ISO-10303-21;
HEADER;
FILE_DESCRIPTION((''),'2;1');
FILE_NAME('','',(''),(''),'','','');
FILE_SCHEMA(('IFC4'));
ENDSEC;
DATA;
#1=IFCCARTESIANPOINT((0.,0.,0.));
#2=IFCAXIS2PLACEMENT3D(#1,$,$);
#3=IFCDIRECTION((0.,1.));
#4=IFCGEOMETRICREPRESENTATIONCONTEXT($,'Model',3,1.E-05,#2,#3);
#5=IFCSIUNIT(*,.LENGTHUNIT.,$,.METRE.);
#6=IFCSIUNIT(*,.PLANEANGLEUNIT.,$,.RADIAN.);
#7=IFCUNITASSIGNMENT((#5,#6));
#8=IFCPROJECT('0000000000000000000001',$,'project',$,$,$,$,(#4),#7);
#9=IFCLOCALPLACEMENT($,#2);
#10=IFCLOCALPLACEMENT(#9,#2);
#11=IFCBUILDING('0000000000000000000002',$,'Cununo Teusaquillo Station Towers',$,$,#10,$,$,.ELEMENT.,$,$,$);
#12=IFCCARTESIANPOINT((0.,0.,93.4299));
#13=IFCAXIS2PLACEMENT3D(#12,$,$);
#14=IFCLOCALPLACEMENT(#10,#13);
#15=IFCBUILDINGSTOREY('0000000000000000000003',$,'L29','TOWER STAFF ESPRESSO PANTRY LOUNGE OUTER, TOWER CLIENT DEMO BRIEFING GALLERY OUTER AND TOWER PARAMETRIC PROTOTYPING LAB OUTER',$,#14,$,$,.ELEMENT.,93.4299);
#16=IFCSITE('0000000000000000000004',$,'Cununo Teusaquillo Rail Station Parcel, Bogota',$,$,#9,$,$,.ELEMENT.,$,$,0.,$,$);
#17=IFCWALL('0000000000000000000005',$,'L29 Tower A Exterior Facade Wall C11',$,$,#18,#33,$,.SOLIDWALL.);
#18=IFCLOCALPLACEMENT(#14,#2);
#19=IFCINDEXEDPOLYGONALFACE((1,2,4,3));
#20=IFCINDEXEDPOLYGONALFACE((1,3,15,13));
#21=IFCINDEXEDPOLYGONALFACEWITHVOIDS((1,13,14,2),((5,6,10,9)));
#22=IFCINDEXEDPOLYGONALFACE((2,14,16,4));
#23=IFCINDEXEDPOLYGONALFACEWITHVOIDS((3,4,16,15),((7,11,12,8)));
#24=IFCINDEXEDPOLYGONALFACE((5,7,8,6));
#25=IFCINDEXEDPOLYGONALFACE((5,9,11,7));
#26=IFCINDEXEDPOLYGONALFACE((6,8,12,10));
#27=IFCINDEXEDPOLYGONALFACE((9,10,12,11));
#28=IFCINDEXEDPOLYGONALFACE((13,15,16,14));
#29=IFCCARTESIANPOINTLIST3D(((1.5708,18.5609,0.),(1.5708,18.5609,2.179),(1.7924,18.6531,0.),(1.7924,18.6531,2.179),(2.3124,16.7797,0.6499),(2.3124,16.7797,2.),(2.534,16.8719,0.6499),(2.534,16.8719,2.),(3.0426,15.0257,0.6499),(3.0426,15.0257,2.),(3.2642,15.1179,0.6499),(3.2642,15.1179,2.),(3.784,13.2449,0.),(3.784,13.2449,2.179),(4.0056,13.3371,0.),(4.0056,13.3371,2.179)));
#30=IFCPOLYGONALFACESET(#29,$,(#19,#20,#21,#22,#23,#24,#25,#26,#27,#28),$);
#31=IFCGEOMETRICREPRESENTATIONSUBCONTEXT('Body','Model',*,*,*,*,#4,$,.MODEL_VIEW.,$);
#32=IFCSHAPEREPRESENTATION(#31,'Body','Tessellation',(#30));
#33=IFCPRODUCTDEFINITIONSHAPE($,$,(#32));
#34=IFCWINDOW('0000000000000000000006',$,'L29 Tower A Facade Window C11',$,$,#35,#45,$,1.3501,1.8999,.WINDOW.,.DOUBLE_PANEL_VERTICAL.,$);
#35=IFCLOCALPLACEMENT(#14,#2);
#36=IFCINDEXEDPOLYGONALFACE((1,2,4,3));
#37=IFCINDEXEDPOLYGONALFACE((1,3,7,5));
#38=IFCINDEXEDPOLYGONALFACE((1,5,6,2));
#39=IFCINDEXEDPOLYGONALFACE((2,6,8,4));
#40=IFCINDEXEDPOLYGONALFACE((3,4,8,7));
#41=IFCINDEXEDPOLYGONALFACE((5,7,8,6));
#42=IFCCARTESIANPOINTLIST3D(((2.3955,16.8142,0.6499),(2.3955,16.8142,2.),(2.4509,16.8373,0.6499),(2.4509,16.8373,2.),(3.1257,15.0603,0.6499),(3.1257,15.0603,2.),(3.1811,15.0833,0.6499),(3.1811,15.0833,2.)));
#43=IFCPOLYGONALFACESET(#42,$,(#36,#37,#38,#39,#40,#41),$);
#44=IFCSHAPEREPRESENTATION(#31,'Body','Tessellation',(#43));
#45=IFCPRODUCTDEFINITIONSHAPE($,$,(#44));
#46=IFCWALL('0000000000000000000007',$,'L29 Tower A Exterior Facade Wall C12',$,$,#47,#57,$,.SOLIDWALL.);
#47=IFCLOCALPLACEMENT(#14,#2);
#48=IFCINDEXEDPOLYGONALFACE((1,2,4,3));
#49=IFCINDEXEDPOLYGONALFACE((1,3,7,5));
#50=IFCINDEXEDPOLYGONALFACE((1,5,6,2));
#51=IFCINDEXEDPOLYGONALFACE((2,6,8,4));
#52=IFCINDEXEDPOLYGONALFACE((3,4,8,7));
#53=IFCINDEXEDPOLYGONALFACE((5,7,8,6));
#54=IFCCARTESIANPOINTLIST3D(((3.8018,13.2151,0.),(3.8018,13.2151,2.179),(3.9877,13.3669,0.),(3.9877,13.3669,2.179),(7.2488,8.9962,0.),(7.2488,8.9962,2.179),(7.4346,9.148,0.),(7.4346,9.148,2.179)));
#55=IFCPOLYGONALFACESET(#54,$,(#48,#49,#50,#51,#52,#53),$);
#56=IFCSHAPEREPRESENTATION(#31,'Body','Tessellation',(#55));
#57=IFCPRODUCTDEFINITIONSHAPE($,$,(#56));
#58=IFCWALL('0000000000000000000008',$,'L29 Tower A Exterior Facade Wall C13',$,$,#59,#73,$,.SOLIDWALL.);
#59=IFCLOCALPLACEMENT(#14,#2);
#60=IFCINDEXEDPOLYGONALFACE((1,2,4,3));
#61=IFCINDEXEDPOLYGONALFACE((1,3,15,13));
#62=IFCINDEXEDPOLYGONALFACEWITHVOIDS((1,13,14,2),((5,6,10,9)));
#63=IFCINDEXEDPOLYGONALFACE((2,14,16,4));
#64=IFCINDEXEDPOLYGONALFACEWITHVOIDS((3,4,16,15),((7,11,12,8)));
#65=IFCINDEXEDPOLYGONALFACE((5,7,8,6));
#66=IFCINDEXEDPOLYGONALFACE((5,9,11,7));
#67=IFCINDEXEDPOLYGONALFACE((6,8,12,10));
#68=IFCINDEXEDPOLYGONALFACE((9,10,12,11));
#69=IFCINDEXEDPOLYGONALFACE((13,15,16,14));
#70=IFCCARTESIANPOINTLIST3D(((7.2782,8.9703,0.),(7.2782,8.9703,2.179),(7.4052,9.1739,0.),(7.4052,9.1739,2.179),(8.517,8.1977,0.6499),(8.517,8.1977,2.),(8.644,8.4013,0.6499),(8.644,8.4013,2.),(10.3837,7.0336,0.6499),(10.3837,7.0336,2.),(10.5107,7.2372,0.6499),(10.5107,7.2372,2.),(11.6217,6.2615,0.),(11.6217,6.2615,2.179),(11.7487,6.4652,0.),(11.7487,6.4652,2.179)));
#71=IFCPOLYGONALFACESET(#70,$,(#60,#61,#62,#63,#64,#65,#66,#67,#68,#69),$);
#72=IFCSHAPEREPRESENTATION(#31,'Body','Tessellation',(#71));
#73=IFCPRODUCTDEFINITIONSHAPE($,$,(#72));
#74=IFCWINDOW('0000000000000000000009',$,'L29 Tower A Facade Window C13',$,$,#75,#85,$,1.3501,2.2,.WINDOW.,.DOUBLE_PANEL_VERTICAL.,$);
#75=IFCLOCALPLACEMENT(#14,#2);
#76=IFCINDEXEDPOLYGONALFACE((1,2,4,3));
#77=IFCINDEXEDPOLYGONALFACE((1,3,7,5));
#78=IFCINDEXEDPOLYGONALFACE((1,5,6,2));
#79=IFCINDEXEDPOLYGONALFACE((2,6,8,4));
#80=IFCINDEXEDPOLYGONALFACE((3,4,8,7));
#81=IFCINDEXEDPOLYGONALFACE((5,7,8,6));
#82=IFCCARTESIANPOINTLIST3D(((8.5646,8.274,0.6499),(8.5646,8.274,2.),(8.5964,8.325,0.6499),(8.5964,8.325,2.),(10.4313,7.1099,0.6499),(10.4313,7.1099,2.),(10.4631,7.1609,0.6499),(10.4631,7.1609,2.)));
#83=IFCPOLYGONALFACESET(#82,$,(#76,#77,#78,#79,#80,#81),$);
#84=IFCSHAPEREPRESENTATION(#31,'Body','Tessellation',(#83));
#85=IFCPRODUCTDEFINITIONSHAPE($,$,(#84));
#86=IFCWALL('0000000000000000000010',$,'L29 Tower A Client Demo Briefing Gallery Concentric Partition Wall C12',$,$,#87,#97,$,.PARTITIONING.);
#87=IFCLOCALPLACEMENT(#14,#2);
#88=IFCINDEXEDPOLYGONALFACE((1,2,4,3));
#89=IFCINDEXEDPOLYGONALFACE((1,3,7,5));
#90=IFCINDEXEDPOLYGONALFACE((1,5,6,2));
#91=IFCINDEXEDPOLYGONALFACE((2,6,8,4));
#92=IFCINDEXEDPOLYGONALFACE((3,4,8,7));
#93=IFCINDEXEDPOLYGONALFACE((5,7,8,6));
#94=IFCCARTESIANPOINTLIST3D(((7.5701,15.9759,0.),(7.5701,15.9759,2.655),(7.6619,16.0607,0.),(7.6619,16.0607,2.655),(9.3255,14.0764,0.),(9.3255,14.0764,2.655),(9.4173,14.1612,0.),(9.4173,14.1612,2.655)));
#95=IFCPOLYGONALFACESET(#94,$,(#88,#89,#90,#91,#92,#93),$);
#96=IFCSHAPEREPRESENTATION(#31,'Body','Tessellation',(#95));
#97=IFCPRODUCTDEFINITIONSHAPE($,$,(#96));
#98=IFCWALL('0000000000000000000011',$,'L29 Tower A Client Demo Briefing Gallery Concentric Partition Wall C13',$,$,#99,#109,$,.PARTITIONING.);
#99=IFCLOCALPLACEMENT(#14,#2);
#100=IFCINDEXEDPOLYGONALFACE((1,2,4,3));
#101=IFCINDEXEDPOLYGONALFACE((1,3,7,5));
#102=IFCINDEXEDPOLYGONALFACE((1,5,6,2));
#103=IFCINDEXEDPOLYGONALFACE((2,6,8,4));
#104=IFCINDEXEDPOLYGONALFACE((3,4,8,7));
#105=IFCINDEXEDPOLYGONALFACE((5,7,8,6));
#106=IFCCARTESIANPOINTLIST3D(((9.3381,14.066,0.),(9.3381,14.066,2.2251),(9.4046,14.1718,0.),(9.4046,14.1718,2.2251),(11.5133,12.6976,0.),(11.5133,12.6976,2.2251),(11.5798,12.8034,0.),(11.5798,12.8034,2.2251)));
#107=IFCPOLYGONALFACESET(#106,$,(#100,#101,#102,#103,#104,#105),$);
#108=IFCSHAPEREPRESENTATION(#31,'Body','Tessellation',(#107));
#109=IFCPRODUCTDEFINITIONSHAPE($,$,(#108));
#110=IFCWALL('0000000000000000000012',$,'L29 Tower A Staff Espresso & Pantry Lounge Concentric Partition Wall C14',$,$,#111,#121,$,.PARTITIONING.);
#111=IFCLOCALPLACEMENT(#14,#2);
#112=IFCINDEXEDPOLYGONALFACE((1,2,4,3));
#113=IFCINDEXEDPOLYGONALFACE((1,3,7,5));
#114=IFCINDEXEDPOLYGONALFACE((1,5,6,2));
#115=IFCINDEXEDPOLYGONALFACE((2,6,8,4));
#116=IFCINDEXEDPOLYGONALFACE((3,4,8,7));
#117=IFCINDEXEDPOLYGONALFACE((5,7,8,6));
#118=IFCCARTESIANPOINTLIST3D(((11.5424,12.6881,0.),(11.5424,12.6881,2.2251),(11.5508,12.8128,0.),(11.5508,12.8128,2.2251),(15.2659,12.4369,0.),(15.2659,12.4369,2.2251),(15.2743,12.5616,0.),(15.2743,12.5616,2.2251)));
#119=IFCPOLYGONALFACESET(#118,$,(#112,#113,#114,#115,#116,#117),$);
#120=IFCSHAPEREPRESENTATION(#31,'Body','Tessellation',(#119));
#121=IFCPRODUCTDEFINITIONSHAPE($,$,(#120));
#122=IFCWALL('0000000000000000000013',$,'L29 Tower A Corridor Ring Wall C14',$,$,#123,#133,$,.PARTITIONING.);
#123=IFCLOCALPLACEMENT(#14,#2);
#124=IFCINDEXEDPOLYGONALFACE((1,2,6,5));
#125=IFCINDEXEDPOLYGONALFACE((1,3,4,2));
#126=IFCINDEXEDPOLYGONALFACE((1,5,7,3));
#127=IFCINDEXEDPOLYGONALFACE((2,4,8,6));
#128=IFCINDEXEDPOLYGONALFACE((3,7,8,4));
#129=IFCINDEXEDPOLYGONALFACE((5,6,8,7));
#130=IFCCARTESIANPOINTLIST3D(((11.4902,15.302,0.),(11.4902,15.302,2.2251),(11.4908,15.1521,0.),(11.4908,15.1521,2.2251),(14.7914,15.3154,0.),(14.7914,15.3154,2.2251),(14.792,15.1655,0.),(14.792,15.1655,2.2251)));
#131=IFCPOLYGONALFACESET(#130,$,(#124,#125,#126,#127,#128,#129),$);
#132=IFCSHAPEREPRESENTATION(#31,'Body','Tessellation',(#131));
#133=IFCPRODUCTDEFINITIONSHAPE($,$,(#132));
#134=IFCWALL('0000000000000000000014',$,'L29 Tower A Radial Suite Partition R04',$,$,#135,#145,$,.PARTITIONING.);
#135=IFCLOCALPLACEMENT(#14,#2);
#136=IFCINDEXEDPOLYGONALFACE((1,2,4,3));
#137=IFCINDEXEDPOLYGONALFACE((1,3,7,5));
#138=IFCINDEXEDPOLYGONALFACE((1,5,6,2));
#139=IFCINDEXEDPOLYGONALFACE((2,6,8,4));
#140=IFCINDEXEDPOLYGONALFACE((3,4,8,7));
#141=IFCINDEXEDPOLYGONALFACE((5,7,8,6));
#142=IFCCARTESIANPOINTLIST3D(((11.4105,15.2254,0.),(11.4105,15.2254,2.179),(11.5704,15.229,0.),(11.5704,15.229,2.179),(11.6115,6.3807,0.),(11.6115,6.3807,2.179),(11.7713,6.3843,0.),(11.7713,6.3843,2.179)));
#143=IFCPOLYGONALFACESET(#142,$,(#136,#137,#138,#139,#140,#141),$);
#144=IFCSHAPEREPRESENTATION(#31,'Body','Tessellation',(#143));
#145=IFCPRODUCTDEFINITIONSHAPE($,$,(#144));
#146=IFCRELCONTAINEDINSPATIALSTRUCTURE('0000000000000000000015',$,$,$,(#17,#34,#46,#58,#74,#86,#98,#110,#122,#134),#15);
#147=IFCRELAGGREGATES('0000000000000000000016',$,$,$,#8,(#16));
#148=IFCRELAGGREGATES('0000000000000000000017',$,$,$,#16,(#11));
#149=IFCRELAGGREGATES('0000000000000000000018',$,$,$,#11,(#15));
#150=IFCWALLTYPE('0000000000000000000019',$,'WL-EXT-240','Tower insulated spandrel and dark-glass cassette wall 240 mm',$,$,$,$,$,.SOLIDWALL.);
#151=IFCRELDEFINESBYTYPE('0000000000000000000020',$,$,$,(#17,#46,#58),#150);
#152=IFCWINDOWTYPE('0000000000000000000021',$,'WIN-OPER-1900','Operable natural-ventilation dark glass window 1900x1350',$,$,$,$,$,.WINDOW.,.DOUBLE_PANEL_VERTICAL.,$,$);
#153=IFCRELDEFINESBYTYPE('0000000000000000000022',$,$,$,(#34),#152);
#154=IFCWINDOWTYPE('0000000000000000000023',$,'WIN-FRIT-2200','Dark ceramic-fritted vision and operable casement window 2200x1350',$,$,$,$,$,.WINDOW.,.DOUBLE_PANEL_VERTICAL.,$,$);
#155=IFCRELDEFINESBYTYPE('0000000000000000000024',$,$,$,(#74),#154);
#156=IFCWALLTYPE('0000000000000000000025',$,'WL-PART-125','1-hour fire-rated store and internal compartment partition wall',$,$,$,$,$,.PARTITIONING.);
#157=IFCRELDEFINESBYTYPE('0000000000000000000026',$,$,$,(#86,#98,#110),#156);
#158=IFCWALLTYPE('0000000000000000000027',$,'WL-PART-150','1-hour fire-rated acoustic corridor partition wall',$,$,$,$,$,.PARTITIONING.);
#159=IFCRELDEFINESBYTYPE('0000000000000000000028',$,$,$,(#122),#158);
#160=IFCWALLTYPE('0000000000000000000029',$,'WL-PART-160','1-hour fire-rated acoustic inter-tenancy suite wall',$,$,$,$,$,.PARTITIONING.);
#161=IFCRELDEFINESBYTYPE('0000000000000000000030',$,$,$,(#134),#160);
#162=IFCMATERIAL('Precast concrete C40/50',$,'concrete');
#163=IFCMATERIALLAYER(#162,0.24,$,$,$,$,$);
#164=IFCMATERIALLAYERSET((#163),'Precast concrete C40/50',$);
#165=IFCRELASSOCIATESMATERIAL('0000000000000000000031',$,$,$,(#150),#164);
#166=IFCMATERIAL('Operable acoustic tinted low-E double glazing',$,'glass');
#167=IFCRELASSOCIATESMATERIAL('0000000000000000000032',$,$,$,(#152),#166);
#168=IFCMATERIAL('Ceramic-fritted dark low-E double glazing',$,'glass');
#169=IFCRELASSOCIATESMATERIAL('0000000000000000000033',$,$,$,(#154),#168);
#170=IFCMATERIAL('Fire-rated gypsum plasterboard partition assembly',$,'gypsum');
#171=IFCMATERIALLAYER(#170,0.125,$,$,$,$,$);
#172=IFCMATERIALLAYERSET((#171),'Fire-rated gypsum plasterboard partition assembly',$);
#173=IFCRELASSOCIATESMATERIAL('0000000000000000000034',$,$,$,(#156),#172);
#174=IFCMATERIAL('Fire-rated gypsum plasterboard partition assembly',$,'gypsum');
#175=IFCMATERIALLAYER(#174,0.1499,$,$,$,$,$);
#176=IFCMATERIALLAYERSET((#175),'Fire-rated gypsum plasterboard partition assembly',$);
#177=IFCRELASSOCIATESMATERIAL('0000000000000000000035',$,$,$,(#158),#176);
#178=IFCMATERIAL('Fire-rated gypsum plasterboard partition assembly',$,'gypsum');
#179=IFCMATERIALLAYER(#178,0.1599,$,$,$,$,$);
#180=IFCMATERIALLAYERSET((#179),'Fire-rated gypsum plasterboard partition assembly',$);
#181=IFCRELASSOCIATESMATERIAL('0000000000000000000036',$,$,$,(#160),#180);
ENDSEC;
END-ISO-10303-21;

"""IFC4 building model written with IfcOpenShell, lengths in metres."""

from ifc_helpers import new_model, si_unit, direction, frame, frame_2d, origin, place, context, subcontext, project, spatial, rectangle, extrude, source, transform, mapped, material, layer, layer_set, type_object, element, fill, save


model = new_model("IFC4")

# Units and contexts
model_context = context("Model", 3, precision=1e-05, world=origin(), true_north=direction((0.0, 1.0)))
body_context = subcontext(model_context, "Body", "Model", "MODEL_VIEW")
ifc_project = project(units=[si_unit("LENGTHUNIT", "METRE"), si_unit("PLANEANGLEUNIT", "RADIAN")], contexts=[model_context])

# Site, building, storey
site_placement = place(None, origin())
site = spatial("IfcSite", under=ifc_project, at=site_placement, Name="Cununo Teusaquillo Rail Station Parcel, Bogota", CompositionType="ELEMENT", RefElevation=0.0)
building_placement = place(site_placement, origin())
building = spatial("IfcBuilding", under=site, at=building_placement, Name="Cununo Teusaquillo Station Towers", CompositionType="ELEMENT")
storey_placement = place(building_placement, frame((0.0, 0.0, 93.4299)))
storey = spatial("IfcBuildingStorey", under=building, at=storey_placement, Name="L29", Description="TOWER STAFF ESPRESSO PANTRY LOUNGE OUTER, TOWER CLIENT DEMO BRIEFING GALLERY OUTER AND TOWER PARAMETRIC PROTOTYPING LAB OUTER", CompositionType="ELEMENT", Elevation=93.4299)

# Wall, opening, window
ifc_material_1 = material(Name="Precast concrete C40/50", Category="concrete")
ifc_layer_1 = layer(ifc_material_1, 0.24)
ifc_layer_set_1 = layer_set([ifc_layer_1], Name="Precast concrete C40/50")
wall_type_1 = type_object("IfcWallType", Name="WL-EXT-240", Description="Tower insulated spandrel and dark-glass cassette wall 240 mm", PredefinedType="SOLIDWALL", material=ifc_layer_set_1)
wall_1_placement = place(storey_placement, frame((3.8948, 13.291, 0.0), z_axis=(0.0, 0.0, 1.0), x_axis=(-0.384344, 0.92319, 0.0)))
wall_1 = element("IfcWall", 1, at=wall_1_placement, inside=storey, type_object=wall_type_1, Name="L29 Tower A Exterior Facade Wall C11", PredefinedType="SOLIDWALL", context=body_context, shape_type="SweptSolid", body=[
    extrude(rectangle(XDim=5.7583, YDim=0.24, at=frame_2d((2.8792, 0.0))), origin(), (0.0, 0.0, 1.0), 2.179),
])
shared_shape_1 = source(origin(), body_context, "Body", "SweptSolid", [
    extrude(rectangle(XDim=1.8999, YDim=1.3501, at=frame_2d((0.95, 0.675))), frame((0.0, 0.1299, 0.0), z_axis=(0.0, -1.0, 0.0), x_axis=(1.0, 0.0, 0.0)), (0.0, 0.0, 1.0), 0.26),
])
opening_1_placement = place(wall_1_placement, frame((1.929, 0.0, 0.6499)))
opening_1 = element("IfcOpeningElement", 2, at=opening_1_placement, cuts=wall_1, PredefinedType="OPENING", context=body_context, shape_type="MappedRepresentation", body=[
    mapped(shared_shape_1, transform((0.0, 0.0, 0.0), x_axis=(1.0, 0.0, 0.0), y_axis=(0.0, 1.0, 0.0), z_axis=(0.0, 0.0, 1.0), scale=1.0)),
])
ifc_material_2 = material(Name="Operable acoustic tinted low-E double glazing", Category="glass")
window_type_1 = type_object("IfcWindowType", Name="WIN-OPER-1900", Description="Operable natural-ventilation dark glass window 1900x1350", PartitioningType="DOUBLE_PANEL_VERTICAL", PredefinedType="WINDOW", material=ifc_material_2)
shared_shape_2 = source(origin(), body_context, "Body", "SweptSolid", [
    extrude(rectangle(XDim=1.8999, YDim=1.3501, at=frame_2d((0.95, 0.675))), frame((0.0, 0.03, 0.0), z_axis=(0.0, -1.0, 0.0), x_axis=(1.0, 0.0, 0.0)), (0.0, 0.0, 1.0), 0.0601),
])
window_1_placement = place(opening_1_placement, origin())
window_1 = element("IfcWindow", 3, at=window_1_placement, inside=storey, type_object=window_type_1, Name="L29 Tower A Facade Window C11", OverallHeight=1.3501, OverallWidth=1.8999, PartitioningType="DOUBLE_PANEL_VERTICAL", PredefinedType="WINDOW", context=body_context, shape_type="MappedRepresentation", body=[
    mapped(shared_shape_2, transform((0.0, 0.0, 0.0), x_axis=(1.0, 0.0, 0.0), y_axis=(0.0, 1.0, 0.0), z_axis=(0.0, 0.0, 1.0), scale=1.0)),
])
fill(opening_1, window_1)

# Wall
wall_2_placement = place(storey_placement, frame((7.3418, 9.072, 0.0), z_axis=(0.0, 0.0, 1.0), x_axis=(-0.632701, 0.774396, 0.0)))
element("IfcWall", 4, at=wall_2_placement, inside=storey, type_object=wall_type_1, Name="L29 Tower A Exterior Facade Wall C12", PredefinedType="SOLIDWALL", context=body_context, shape_type="SweptSolid", body=[
    extrude(rectangle(XDim=5.448, YDim=0.24, at=frame_2d((2.7241, 0.0))), origin(), (0.0, 0.0, 1.0), 2.179),
])

# Wall, opening, window
wall_3_placement = place(storey_placement, frame((11.6853, 6.3633, 0.0), z_axis=(0.0, 0.0, 1.0), x_axis=(-0.84852, 0.529163, 0.0)))
wall_3 = element("IfcWall", 5, at=wall_3_placement, inside=storey, type_object=wall_type_1, Name="L29 Tower A Exterior Facade Wall C13", PredefinedType="SOLIDWALL", context=body_context, shape_type="SweptSolid", body=[
    extrude(rectangle(XDim=5.1189, YDim=0.24, at=frame_2d((2.5596, 0.0))), origin(), (0.0, 0.0, 1.0), 2.179),
])
shared_shape_3 = source(origin(), body_context, "Body", "SweptSolid", [
    extrude(rectangle(XDim=2.2, YDim=1.3501, at=frame_2d((1.1001, 0.675))), frame((0.0, 0.1299, 0.0), z_axis=(0.0, -1.0, 0.0), x_axis=(1.0, 0.0, 0.0)), (0.0, 0.0, 1.0), 0.26),
])
opening_2_placement = place(wall_3_placement, frame((1.459, 0.0, 0.6499)))
opening_2 = element("IfcOpeningElement", 6, at=opening_2_placement, cuts=wall_3, PredefinedType="OPENING", context=body_context, shape_type="MappedRepresentation", body=[
    mapped(shared_shape_3, transform((0.0, 0.0, 0.0), x_axis=(1.0, 0.0, 0.0), y_axis=(0.0, 1.0, 0.0), z_axis=(0.0, 0.0, 1.0), scale=1.0)),
])
ifc_material_3 = material(Name="Ceramic-fritted dark low-E double glazing", Category="glass")
window_type_2 = type_object("IfcWindowType", Name="WIN-FRIT-2200", Description="Dark ceramic-fritted vision and operable casement window 2200x1350", PartitioningType="DOUBLE_PANEL_VERTICAL", PredefinedType="WINDOW", material=ifc_material_3)
shared_shape_4 = source(origin(), body_context, "Body", "SweptSolid", [
    extrude(rectangle(XDim=2.2, YDim=1.3501, at=frame_2d((1.1001, 0.675))), frame((0.0, 0.03, 0.0), z_axis=(0.0, -1.0, 0.0), x_axis=(1.0, 0.0, 0.0)), (0.0, 0.0, 1.0), 0.0601),
])
window_2_placement = place(opening_2_placement, origin())
window_2 = element("IfcWindow", 7, at=window_2_placement, inside=storey, type_object=window_type_2, Name="L29 Tower A Facade Window C13", OverallHeight=1.3501, OverallWidth=2.2, PartitioningType="DOUBLE_PANEL_VERTICAL", PredefinedType="WINDOW", context=body_context, shape_type="MappedRepresentation", body=[
    mapped(shared_shape_4, transform((0.0, 0.0, 0.0), x_axis=(1.0, 0.0, 0.0), y_axis=(0.0, 1.0, 0.0), z_axis=(0.0, 0.0, 1.0), scale=1.0)),
])
fill(opening_2, window_2)

# Walls
ifc_material_4 = material(Name="Fire-rated gypsum plasterboard partition assembly", Category="gypsum")
ifc_layer_2 = layer(ifc_material_4, 0.125)
ifc_layer_set_2 = layer_set([ifc_layer_2], Name="Fire-rated gypsum plasterboard partition assembly")
wall_type_2 = type_object("IfcWallType", Name="WL-PART-125", Description="1-hour fire-rated store and internal compartment partition wall", PredefinedType="PARTITIONING", material=ifc_layer_set_2)
wall_4_placement = place(storey_placement, frame((7.616, 16.0183, 0.0), z_axis=(0.0, 0.0, 1.0), x_axis=(0.678711, -0.734405, 0.0)))
element("IfcWall", 8, at=wall_4_placement, inside=storey, type_object=wall_type_2, Name="L29 Tower A Client Demo Briefing Gallery Concentric Partition Wall C12", PredefinedType="PARTITIONING", context=body_context, shape_type="SweptSolid", body=[
    extrude(rectangle(XDim=2.5864, YDim=0.125, at=frame_2d((1.2932, 0.0))), origin(), (0.0, 0.0, 1.0), 2.655),
])
wall_5_placement = place(storey_placement, frame((9.3713, 14.1189, 0.0), z_axis=(0.0, 0.0, 1.0), x_axis=(0.846447, -0.532473, 0.0)))
element("IfcWall", 9, at=wall_5_placement, inside=storey, type_object=wall_type_2, Name="L29 Tower A Client Demo Briefing Gallery Concentric Partition Wall C13", PredefinedType="PARTITIONING", context=body_context, shape_type="SweptSolid", body=[
    extrude(rectangle(XDim=2.5698, YDim=0.125, at=frame_2d((1.2849, 0.0))), origin(), (0.0, 0.0, 1.0), 2.2251),
])
wall_6_placement = place(storey_placement, frame((11.5466, 12.7505, 0.0), z_axis=(0.0, 0.0, 1.0), x_axis=(0.997732, -0.067318, 0.0)))
element("IfcWall", 10, at=wall_6_placement, inside=storey, type_object=wall_type_2, Name="L29 Tower A Staff Espresso & Pantry Lounge Concentric Partition Wall C14", PredefinedType="PARTITIONING", context=body_context, shape_type="SweptSolid", body=[
    extrude(rectangle(XDim=3.7319, YDim=0.125, at=frame_2d((1.866, 0.0))), origin(), (0.0, 0.0, 1.0), 2.2251),
])
ifc_material_5 = material(Name="Fire-rated gypsum plasterboard partition assembly", Category="gypsum")
ifc_layer_3 = layer(ifc_material_5, 0.1499)
ifc_layer_set_3 = layer_set([ifc_layer_3], Name="Fire-rated gypsum plasterboard partition assembly")
wall_type_3 = type_object("IfcWallType", Name="WL-PART-150", Description="1-hour fire-rated acoustic corridor partition wall", PredefinedType="PARTITIONING", material=ifc_layer_set_3)
wall_7_placement = place(storey_placement, frame((11.4905, 15.2271, 0.0), z_axis=(0.0, 0.0, 1.0), x_axis=(0.999992, 0.004067, 0.0)))
element("IfcWall", 11, at=wall_7_placement, inside=storey, type_object=wall_type_3, Name="L29 Tower A Corridor Ring Wall C14", PredefinedType="PARTITIONING", context=body_context, shape_type="SweptSolid", body=[
    extrude(rectangle(XDim=3.3013, YDim=0.1499, at=frame_2d((1.6506, 0.0))), origin(), (0.0, 0.0, 1.0), 2.2251),
])
ifc_material_6 = material(Name="Fire-rated gypsum plasterboard partition assembly", Category="gypsum")
ifc_layer_4 = layer(ifc_material_6, 0.1599)
ifc_layer_set_4 = layer_set([ifc_layer_4], Name="Fire-rated gypsum plasterboard partition assembly")
wall_type_4 = type_object("IfcWallType", Name="WL-PART-160", Description="1-hour fire-rated acoustic inter-tenancy suite wall", PredefinedType="PARTITIONING", material=ifc_layer_set_4)
wall_8_placement = place(storey_placement, frame((11.4905, 15.2271, 0.0), z_axis=(0.0, 0.0, 1.0), x_axis=(0.022711, -0.999742, 0.0)))
element("IfcWall", 12, at=wall_8_placement, inside=storey, type_object=wall_type_4, Name="L29 Tower A Radial Suite Partition R04", PredefinedType="PARTITIONING", context=body_context, shape_type="SweptSolid", body=[
    extrude(rectangle(XDim=8.8469, YDim=0.1599, at=frame_2d((4.4233, 0.0))), origin(), (0.0, 0.0, 1.0), 2.179),
])

save(model, "model.ifc")
